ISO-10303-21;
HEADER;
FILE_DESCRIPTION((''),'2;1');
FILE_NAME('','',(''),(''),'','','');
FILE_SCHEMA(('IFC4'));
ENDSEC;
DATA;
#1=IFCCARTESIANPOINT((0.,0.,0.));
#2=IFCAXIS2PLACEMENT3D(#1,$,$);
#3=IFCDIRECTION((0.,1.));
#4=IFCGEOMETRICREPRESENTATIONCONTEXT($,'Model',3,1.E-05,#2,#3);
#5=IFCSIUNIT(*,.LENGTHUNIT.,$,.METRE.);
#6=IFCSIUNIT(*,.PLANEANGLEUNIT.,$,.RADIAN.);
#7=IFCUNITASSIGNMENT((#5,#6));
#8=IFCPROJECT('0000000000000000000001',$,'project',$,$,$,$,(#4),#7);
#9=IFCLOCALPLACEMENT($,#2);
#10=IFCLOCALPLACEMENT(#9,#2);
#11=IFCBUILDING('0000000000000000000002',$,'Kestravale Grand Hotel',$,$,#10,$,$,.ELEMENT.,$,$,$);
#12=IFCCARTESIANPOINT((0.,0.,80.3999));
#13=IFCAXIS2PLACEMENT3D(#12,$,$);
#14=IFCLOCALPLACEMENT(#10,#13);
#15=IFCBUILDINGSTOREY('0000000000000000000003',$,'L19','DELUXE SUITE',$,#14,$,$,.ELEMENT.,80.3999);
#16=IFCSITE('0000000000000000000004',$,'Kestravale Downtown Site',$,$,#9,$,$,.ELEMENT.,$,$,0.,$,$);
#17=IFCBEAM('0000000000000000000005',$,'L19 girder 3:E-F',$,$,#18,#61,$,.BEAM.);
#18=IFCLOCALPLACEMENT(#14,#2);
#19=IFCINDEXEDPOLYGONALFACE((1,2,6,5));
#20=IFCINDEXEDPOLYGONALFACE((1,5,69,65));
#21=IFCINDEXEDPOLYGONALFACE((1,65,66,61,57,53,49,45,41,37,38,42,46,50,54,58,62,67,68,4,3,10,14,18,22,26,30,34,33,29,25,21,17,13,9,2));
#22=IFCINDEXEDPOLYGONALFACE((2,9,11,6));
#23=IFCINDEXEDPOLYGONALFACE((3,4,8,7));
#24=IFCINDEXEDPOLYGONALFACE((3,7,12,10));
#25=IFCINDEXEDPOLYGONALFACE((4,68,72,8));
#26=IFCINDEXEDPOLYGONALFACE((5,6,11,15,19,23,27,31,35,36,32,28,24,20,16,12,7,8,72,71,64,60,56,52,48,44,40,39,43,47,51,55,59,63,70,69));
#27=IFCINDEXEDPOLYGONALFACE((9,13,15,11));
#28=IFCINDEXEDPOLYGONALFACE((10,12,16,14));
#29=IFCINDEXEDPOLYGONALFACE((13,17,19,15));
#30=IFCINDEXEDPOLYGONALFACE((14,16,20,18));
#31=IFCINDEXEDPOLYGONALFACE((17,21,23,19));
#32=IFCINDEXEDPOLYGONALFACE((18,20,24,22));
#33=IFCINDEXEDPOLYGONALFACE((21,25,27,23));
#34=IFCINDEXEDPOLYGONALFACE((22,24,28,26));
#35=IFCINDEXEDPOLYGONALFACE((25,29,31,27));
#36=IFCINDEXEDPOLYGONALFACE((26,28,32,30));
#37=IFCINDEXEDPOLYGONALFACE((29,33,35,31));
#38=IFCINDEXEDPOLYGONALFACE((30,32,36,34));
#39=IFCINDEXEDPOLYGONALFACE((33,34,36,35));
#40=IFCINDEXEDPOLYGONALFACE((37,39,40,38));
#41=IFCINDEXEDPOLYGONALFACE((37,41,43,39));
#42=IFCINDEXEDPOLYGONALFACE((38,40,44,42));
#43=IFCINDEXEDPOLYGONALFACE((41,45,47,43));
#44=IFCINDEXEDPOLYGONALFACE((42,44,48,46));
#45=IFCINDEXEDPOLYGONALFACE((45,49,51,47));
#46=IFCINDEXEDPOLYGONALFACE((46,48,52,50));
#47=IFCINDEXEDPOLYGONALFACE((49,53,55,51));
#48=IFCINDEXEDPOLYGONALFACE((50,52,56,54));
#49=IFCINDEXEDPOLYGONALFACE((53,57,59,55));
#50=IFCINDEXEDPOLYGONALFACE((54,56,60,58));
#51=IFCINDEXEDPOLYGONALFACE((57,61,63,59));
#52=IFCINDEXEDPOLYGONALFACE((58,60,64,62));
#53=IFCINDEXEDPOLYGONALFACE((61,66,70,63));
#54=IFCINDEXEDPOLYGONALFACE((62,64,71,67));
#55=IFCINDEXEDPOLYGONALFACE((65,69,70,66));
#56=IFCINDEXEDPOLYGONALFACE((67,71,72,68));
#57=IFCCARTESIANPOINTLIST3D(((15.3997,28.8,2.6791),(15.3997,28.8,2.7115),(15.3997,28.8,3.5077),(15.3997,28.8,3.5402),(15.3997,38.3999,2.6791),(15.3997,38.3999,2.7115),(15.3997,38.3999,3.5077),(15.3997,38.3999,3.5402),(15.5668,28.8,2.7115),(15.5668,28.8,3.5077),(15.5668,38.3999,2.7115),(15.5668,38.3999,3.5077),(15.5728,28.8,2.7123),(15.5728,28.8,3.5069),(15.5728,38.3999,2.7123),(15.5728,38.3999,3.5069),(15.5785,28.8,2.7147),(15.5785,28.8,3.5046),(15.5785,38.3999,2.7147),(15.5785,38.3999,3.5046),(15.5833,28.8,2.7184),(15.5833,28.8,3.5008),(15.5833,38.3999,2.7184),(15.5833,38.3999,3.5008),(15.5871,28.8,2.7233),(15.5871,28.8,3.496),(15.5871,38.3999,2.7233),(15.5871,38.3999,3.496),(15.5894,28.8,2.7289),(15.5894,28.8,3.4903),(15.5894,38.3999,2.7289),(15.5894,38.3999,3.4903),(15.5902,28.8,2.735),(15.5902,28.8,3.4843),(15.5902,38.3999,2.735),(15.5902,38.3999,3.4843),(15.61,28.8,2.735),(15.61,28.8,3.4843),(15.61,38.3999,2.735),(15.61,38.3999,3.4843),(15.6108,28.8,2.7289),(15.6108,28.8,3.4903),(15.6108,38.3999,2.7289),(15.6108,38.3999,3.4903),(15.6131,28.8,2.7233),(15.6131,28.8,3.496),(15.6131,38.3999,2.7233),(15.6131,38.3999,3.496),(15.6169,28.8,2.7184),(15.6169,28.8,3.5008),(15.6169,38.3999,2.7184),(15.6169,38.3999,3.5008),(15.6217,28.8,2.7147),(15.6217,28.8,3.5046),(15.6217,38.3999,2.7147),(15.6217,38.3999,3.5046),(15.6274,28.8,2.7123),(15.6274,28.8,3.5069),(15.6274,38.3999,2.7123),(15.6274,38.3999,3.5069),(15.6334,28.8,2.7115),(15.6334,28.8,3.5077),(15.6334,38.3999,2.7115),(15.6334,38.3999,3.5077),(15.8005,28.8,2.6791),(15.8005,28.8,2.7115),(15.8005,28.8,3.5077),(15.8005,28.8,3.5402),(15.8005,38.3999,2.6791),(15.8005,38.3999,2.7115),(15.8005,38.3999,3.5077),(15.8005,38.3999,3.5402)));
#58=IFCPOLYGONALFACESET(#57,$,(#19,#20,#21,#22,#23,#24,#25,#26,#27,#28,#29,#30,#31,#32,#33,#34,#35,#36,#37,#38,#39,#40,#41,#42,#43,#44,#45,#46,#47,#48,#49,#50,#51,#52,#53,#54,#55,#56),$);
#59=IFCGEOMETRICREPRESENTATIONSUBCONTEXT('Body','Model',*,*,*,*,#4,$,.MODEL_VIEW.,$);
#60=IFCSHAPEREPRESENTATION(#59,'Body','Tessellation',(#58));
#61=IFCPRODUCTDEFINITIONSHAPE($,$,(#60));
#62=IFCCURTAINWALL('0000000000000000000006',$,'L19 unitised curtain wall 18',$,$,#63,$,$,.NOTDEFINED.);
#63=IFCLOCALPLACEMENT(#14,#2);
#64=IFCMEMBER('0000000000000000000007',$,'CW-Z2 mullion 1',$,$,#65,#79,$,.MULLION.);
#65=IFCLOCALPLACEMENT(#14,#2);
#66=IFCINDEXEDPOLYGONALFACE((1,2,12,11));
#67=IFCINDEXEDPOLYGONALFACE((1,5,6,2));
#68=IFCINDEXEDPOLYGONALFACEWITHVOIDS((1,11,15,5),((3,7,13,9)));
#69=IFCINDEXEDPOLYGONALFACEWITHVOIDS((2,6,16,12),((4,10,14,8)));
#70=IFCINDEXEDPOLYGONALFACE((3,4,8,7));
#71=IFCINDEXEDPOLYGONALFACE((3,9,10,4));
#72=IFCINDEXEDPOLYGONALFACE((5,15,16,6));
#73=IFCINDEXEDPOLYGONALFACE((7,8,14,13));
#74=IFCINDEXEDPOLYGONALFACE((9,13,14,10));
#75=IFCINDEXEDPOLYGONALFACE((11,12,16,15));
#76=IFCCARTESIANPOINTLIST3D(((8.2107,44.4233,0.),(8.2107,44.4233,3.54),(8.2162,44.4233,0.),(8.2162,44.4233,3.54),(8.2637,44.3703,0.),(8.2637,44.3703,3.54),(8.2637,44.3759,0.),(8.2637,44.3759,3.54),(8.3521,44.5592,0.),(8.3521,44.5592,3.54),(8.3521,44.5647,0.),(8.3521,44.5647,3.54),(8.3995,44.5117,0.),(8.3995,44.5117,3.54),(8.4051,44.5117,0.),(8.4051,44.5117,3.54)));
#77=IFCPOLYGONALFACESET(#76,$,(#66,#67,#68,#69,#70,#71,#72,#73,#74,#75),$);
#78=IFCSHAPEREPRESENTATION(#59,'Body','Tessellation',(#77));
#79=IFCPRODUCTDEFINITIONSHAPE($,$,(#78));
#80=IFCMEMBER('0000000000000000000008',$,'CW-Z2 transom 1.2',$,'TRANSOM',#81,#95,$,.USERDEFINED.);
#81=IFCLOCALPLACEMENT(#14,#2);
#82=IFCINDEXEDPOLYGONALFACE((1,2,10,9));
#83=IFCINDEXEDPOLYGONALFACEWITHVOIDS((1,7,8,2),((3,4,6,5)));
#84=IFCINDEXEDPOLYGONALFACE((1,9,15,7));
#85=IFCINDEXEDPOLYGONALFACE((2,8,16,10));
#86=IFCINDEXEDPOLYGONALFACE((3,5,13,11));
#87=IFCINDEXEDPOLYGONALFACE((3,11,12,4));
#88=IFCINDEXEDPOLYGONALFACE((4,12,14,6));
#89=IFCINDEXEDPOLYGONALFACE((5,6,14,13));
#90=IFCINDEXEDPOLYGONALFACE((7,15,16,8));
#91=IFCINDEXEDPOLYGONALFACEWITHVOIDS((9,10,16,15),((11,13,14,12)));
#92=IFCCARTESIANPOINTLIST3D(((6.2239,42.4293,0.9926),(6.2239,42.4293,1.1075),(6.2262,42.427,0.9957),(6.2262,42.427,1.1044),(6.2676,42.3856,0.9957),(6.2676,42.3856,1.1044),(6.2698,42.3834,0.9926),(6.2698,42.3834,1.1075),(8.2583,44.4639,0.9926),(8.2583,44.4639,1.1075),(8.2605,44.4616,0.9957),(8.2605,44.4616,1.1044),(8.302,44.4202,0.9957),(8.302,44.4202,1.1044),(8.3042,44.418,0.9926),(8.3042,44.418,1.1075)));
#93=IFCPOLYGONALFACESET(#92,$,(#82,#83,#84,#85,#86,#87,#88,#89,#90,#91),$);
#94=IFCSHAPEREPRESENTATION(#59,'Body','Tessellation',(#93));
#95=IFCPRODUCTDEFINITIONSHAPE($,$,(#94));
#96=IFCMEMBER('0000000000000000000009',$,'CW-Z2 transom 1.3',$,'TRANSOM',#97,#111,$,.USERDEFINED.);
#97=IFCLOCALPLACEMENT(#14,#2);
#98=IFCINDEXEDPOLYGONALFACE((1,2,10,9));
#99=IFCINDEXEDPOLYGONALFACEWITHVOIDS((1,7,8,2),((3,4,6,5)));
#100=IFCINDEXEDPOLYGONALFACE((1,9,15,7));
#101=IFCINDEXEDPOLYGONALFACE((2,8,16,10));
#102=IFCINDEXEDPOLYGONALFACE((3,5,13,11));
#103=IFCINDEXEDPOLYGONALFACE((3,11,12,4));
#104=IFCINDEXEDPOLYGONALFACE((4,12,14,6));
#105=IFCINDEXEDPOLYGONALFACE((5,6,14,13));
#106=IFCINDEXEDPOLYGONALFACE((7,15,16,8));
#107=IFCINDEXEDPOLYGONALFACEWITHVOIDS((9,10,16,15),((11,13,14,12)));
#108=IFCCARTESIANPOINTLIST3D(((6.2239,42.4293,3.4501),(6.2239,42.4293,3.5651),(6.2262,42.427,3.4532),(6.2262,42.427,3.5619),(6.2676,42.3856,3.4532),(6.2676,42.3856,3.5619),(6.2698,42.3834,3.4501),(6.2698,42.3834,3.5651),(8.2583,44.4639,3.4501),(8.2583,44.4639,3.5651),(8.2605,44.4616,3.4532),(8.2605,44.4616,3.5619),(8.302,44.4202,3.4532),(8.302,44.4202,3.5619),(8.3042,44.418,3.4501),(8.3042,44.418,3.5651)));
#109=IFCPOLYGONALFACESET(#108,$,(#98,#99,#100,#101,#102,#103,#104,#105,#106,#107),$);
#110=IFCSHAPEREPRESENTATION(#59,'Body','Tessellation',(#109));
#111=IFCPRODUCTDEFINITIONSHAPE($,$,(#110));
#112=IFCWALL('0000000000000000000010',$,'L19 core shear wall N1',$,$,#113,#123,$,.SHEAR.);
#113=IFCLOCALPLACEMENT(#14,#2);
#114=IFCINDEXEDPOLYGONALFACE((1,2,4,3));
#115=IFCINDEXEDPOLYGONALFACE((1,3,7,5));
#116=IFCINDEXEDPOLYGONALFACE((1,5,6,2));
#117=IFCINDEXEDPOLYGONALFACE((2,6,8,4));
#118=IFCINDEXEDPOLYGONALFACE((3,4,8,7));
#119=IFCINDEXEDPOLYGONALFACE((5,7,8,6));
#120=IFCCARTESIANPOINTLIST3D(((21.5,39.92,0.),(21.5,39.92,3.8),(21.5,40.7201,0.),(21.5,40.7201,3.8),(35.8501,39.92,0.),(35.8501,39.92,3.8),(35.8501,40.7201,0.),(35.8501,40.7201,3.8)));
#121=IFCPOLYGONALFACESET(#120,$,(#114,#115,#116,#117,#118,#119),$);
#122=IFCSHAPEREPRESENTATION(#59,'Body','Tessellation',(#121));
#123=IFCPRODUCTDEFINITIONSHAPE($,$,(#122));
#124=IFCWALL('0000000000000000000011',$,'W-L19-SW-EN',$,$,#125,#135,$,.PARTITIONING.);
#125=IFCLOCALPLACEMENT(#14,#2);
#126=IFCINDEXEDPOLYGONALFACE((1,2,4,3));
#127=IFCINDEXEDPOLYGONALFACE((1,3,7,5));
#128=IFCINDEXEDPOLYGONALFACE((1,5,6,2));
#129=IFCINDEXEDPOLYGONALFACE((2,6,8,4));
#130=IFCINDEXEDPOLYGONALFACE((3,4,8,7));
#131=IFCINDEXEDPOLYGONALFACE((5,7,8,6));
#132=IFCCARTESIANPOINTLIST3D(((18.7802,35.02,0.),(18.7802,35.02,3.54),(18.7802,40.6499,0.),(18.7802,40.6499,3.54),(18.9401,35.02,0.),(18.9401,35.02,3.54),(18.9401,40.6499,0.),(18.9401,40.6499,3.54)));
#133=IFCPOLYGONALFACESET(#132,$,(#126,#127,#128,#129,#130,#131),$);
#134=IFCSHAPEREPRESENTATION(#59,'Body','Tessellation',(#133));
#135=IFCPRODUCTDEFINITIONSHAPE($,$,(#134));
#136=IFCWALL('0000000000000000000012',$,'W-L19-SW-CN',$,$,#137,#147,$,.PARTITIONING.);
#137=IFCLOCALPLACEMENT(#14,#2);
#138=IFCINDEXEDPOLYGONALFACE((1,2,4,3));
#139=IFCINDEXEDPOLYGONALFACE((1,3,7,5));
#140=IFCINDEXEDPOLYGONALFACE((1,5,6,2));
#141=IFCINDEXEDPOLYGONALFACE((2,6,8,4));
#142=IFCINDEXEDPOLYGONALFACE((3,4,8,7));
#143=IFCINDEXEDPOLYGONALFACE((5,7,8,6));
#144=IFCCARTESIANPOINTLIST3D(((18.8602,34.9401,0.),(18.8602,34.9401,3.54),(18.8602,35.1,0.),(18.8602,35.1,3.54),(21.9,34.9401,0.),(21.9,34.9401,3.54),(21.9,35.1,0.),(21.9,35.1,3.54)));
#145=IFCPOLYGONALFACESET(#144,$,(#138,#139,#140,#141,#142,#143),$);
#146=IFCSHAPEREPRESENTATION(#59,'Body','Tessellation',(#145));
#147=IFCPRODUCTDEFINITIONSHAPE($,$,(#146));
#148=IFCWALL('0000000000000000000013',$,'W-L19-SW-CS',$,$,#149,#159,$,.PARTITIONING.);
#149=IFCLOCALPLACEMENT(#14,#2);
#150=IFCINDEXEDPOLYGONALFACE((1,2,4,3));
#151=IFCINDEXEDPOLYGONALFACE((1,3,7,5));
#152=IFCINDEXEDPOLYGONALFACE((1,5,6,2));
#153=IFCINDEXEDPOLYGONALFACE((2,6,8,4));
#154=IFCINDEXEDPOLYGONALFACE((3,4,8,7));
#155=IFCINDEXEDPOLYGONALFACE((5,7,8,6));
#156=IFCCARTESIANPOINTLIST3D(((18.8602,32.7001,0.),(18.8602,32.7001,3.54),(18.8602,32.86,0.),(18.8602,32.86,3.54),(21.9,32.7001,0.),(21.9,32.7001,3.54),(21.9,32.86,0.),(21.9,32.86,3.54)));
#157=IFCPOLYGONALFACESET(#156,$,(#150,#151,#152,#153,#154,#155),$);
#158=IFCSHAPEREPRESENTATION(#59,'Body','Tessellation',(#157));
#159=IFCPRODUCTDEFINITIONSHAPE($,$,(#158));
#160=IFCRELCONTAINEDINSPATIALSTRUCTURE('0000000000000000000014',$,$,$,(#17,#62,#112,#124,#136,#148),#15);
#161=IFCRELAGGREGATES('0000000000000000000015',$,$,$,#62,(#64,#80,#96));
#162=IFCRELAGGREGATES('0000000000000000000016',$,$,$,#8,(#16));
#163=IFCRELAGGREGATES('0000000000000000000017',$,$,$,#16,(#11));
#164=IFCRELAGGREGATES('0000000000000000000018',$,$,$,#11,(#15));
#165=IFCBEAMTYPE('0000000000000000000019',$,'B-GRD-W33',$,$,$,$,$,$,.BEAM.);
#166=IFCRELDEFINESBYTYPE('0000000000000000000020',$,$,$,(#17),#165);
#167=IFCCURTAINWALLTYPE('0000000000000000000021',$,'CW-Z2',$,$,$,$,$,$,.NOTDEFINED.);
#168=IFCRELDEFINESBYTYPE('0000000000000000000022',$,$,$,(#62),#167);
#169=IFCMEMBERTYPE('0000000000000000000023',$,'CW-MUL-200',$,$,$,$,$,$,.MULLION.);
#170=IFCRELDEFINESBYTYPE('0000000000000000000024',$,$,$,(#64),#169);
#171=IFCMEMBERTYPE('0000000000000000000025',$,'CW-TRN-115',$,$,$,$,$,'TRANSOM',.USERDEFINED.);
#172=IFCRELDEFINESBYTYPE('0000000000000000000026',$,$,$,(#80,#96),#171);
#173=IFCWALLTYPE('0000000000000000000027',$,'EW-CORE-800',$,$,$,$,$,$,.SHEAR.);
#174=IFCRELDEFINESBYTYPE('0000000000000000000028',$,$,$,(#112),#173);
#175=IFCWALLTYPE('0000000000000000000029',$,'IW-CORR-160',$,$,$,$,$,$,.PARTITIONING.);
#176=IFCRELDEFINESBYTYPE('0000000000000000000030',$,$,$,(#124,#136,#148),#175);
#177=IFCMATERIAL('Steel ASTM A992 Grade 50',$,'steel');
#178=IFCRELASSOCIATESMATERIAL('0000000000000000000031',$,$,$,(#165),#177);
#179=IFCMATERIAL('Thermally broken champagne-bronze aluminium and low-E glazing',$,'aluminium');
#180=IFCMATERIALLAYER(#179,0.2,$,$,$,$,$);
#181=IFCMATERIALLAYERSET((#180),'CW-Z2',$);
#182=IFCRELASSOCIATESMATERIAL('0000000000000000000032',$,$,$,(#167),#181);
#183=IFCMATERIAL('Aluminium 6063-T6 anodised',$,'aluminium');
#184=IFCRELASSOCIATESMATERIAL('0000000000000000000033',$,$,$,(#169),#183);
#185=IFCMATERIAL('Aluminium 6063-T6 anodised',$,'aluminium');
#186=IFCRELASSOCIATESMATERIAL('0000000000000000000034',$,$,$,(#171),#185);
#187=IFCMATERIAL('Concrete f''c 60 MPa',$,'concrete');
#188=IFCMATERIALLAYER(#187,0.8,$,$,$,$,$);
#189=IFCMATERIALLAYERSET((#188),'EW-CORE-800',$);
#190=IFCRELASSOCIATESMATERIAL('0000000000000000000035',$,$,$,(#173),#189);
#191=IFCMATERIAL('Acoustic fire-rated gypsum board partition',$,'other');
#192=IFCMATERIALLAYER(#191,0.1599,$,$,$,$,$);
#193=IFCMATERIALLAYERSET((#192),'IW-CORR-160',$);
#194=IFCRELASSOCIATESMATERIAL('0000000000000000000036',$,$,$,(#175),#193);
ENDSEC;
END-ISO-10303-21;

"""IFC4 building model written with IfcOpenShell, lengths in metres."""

from ifc_helpers import new_model, si_unit, direction, frame, frame_2d, origin, origin_2d, place, context, subcontext, project, spatial, rectangle, hollow_rectangle, i_section, extrude, material, layer, layer_set, material_profile, profile_set, type_object, element, aggregate, save


model = new_model("IFC4")

# Units and contexts
model_context = context("Model", 3, precision=1e-05, world=origin(), true_north=direction((0.0, 1.0)))
body_context = subcontext(model_context, "Body", "Model", "MODEL_VIEW")
ifc_project = project(units=[si_unit("LENGTHUNIT", "METRE"), si_unit("PLANEANGLEUNIT", "RADIAN")], contexts=[model_context])

# Site, building, storey
site_placement = place(None, origin())
site = spatial("IfcSite", under=ifc_project, at=site_placement, Name="Kestravale Downtown Site", CompositionType="ELEMENT", RefElevation=0.0)
building_placement = place(site_placement, origin())
building = spatial("IfcBuilding", under=site, at=building_placement, Name="Kestravale Grand Hotel", CompositionType="ELEMENT")
storey_placement = place(building_placement, frame((0.0, 0.0, 80.3999)))
storey = spatial("IfcBuildingStorey", under=building, at=storey_placement, Name="L19", Description="DELUXE SUITE", CompositionType="ELEMENT", Elevation=80.3999)

# Beam
ifc_material_1 = material(Name="Steel ASTM A992 Grade 50", Category="steel")
ifc_material_profile_1 = material_profile(ifc_material_1, i_section(OverallWidth=0.4009, OverallDepth=0.8611, WebThickness=0.0198, FlangeThickness=0.0325, FilletRadius=0.0234, at=origin_2d()))
ifc_profile_set_1 = profile_set([ifc_material_profile_1], Name="Steel ASTM A992 Grade 50")
beam_type_1 = type_object("IfcBeamType", Name="B-GRD-W33", PredefinedType="BEAM", material=ifc_profile_set_1)
beam_1_placement = place(storey_placement, frame((15.6001, 28.8, 3.1096), z_axis=(0.0, 1.0, 0.0), x_axis=(-1.0, 0.0, 0.0)))
element("IfcBeam", 1, at=beam_1_placement, inside=storey, type_object=beam_type_1, Name="L19 girder 3:E-F", PredefinedType="BEAM", context=body_context, shape_type="SweptSolid", body=[
    extrude(i_section(OverallWidth=0.4009, OverallDepth=0.8611, WebThickness=0.0198, FlangeThickness=0.0325, FilletRadius=0.0234, at=origin_2d()), origin(), (0.0, 0.0, 1.0), 9.5999),
])

# Curtain wall, members
ifc_material_2 = material(Name="Thermally broken champagne-bronze aluminium and low-E glazing", Category="aluminium")
ifc_layer_1 = layer(ifc_material_2, 0.2)
ifc_layer_set_1 = layer_set([ifc_layer_1], Name="CW-Z2")
curtain_wall_type = type_object("IfcCurtainWallType", Name="CW-Z2", PredefinedType="NOTDEFINED", material=ifc_layer_set_1)
curtain_wall_placement = place(storey_placement, origin())
curtain_wall = element("IfcCurtainWall", 2, at=curtain_wall_placement, inside=storey, type_object=curtain_wall_type, Name="L19 unitised curtain wall 18", PredefinedType="NOTDEFINED")
ifc_material_3 = material(Name="Aluminium 6063-T6 anodised", Category="aluminium")
ifc_material_profile_2 = material_profile(ifc_material_3, hollow_rectangle(XDim=0.075, YDim=0.2, WallThickness=0.0039, at=origin_2d()))
ifc_profile_set_2 = profile_set([ifc_material_profile_2], Name="Aluminium 6063-T6 anodised")
member_type_1 = type_object("IfcMemberType", Name="CW-MUL-200", PredefinedType="MULLION", material=ifc_profile_set_2)
member_1_placement = place(storey_placement, frame((8.3079, 44.4675, 0.0), z_axis=(0.0, 0.0, 1.0), x_axis=(0.707107, -0.707107, 0.0)))
member_1 = element("IfcMember", 3, at=member_1_placement, type_object=member_type_1, Name="CW-Z2 mullion 1", PredefinedType="MULLION", context=body_context, shape_type="SweptSolid", body=[
    extrude(hollow_rectangle(XDim=0.075, YDim=0.2, WallThickness=0.0039, at=origin_2d()), origin(), (0.0, 0.0, 1.0), 3.54),
])
ifc_material_4 = material(Name="Aluminium 6063-T6 anodised", Category="aluminium")
ifc_material_profile_3 = material_profile(ifc_material_4, hollow_rectangle(XDim=0.0649, YDim=0.115, WallThickness=0.0032, at=origin_2d()))
ifc_profile_set_3 = profile_set([ifc_material_profile_3], Name="Aluminium 6063-T6 anodised")
member_type_2 = type_object("IfcMemberType", Name="CW-TRN-115", ElementType="TRANSOM", PredefinedType="USERDEFINED", material=ifc_profile_set_3)
member_2_placement = place(storey_placement, frame((8.2812, 44.4409, 1.05), z_axis=(-0.707064, -0.707149, 0.0), x_axis=(0.707149, -0.707064, 0.0)))
member_2 = element("IfcMember", 4, at=member_2_placement, type_object=member_type_2, Name="CW-Z2 transom 1.2", ObjectType="TRANSOM", PredefinedType="USERDEFINED", context=body_context, shape_type="SweptSolid", body=[
    extrude(hollow_rectangle(XDim=0.0649, YDim=0.115, WallThickness=0.0032, at=origin_2d()), origin(), (0.0, 0.0, 1.0), 2.8772),
])
member_3_placement = place(storey_placement, frame((8.2812, 44.4409, 3.5076), z_axis=(-0.707064, -0.707149, 0.0), x_axis=(0.707149, -0.707064, 0.0)))
member_3 = element("IfcMember", 5, at=member_3_placement, type_object=member_type_2, Name="CW-Z2 transom 1.3", ObjectType="TRANSOM", PredefinedType="USERDEFINED", context=body_context, shape_type="SweptSolid", body=[
    extrude(hollow_rectangle(XDim=0.0649, YDim=0.115, WallThickness=0.0032, at=origin_2d()), origin(), (0.0, 0.0, 1.0), 2.8772),
])
aggregate(curtain_wall, [member_1, member_2, member_3])

# Walls
ifc_material_5 = material(Name="Concrete f'c 60 MPa", Category="concrete")
ifc_layer_2 = layer(ifc_material_5, 0.8)
ifc_layer_set_2 = layer_set([ifc_layer_2], Name="EW-CORE-800")
wall_type_1 = type_object("IfcWallType", Name="EW-CORE-800", PredefinedType="SHEAR", material=ifc_layer_set_2)
wall_1_placement = place(storey_placement, frame((21.5, 40.3201, 0.0), z_axis=(0.0, 0.0, 1.0), x_axis=(1.0, 0.0, 0.0)))
element("IfcWall", 6, at=wall_1_placement, inside=storey, type_object=wall_type_1, Name="L19 core shear wall N1", PredefinedType="SHEAR", context=body_context, shape_type="SweptSolid", body=[
    extrude(rectangle(XDim=14.3501, YDim=0.8, at=frame_2d((7.175, 0.0))), origin(), (0.0, 0.0, 1.0), 3.8),
])
ifc_material_6 = material(Name="Acoustic fire-rated gypsum board partition", Category="other")
ifc_layer_3 = layer(ifc_material_6, 0.1599)
ifc_layer_set_3 = layer_set([ifc_layer_3], Name="IW-CORR-160")
wall_type_2 = type_object("IfcWallType", Name="IW-CORR-160", PredefinedType="PARTITIONING", material=ifc_layer_set_3)
wall_2_placement = place(storey_placement, frame((18.8601, 35.02, 0.0), z_axis=(0.0, 0.0, 1.0), x_axis=(0.0, 1.0, 0.0)))
element("IfcWall", 7, at=wall_2_placement, inside=storey, type_object=wall_type_2, Name="W-L19-SW-EN", PredefinedType="PARTITIONING", context=body_context, shape_type="SweptSolid", body=[
    extrude(rectangle(XDim=5.6299, YDim=0.1599, at=frame_2d((2.8149, 0.0))), origin(), (0.0, 0.0, 1.0), 3.54),
])
for number, where, z_axis, x_axis, name in (
    (8, (18.8601, 35.02, 0.0), (0.0, 0.0, 1.0), (1.0, 0.0, 0.0), "W-L19-SW-CN"),
    (9, (18.8601, 32.78, 0.0), (0.0, 0.0, 1.0), (1.0, 0.0, 0.0), "W-L19-SW-CS"),
):
    element("IfcWall", number, at=place(storey_placement, frame(where, z_axis=z_axis, x_axis=x_axis)), inside=storey, type_object=wall_type_2, Name=name, PredefinedType="PARTITIONING", context=body_context, shape_type="SweptSolid", body=[
        extrude(rectangle(XDim=3.0398, YDim=0.1599, at=frame_2d((1.52, 0.0))), origin(), (0.0, 0.0, 1.0), 3.54),
    ])

save(model, "model.ifc")
